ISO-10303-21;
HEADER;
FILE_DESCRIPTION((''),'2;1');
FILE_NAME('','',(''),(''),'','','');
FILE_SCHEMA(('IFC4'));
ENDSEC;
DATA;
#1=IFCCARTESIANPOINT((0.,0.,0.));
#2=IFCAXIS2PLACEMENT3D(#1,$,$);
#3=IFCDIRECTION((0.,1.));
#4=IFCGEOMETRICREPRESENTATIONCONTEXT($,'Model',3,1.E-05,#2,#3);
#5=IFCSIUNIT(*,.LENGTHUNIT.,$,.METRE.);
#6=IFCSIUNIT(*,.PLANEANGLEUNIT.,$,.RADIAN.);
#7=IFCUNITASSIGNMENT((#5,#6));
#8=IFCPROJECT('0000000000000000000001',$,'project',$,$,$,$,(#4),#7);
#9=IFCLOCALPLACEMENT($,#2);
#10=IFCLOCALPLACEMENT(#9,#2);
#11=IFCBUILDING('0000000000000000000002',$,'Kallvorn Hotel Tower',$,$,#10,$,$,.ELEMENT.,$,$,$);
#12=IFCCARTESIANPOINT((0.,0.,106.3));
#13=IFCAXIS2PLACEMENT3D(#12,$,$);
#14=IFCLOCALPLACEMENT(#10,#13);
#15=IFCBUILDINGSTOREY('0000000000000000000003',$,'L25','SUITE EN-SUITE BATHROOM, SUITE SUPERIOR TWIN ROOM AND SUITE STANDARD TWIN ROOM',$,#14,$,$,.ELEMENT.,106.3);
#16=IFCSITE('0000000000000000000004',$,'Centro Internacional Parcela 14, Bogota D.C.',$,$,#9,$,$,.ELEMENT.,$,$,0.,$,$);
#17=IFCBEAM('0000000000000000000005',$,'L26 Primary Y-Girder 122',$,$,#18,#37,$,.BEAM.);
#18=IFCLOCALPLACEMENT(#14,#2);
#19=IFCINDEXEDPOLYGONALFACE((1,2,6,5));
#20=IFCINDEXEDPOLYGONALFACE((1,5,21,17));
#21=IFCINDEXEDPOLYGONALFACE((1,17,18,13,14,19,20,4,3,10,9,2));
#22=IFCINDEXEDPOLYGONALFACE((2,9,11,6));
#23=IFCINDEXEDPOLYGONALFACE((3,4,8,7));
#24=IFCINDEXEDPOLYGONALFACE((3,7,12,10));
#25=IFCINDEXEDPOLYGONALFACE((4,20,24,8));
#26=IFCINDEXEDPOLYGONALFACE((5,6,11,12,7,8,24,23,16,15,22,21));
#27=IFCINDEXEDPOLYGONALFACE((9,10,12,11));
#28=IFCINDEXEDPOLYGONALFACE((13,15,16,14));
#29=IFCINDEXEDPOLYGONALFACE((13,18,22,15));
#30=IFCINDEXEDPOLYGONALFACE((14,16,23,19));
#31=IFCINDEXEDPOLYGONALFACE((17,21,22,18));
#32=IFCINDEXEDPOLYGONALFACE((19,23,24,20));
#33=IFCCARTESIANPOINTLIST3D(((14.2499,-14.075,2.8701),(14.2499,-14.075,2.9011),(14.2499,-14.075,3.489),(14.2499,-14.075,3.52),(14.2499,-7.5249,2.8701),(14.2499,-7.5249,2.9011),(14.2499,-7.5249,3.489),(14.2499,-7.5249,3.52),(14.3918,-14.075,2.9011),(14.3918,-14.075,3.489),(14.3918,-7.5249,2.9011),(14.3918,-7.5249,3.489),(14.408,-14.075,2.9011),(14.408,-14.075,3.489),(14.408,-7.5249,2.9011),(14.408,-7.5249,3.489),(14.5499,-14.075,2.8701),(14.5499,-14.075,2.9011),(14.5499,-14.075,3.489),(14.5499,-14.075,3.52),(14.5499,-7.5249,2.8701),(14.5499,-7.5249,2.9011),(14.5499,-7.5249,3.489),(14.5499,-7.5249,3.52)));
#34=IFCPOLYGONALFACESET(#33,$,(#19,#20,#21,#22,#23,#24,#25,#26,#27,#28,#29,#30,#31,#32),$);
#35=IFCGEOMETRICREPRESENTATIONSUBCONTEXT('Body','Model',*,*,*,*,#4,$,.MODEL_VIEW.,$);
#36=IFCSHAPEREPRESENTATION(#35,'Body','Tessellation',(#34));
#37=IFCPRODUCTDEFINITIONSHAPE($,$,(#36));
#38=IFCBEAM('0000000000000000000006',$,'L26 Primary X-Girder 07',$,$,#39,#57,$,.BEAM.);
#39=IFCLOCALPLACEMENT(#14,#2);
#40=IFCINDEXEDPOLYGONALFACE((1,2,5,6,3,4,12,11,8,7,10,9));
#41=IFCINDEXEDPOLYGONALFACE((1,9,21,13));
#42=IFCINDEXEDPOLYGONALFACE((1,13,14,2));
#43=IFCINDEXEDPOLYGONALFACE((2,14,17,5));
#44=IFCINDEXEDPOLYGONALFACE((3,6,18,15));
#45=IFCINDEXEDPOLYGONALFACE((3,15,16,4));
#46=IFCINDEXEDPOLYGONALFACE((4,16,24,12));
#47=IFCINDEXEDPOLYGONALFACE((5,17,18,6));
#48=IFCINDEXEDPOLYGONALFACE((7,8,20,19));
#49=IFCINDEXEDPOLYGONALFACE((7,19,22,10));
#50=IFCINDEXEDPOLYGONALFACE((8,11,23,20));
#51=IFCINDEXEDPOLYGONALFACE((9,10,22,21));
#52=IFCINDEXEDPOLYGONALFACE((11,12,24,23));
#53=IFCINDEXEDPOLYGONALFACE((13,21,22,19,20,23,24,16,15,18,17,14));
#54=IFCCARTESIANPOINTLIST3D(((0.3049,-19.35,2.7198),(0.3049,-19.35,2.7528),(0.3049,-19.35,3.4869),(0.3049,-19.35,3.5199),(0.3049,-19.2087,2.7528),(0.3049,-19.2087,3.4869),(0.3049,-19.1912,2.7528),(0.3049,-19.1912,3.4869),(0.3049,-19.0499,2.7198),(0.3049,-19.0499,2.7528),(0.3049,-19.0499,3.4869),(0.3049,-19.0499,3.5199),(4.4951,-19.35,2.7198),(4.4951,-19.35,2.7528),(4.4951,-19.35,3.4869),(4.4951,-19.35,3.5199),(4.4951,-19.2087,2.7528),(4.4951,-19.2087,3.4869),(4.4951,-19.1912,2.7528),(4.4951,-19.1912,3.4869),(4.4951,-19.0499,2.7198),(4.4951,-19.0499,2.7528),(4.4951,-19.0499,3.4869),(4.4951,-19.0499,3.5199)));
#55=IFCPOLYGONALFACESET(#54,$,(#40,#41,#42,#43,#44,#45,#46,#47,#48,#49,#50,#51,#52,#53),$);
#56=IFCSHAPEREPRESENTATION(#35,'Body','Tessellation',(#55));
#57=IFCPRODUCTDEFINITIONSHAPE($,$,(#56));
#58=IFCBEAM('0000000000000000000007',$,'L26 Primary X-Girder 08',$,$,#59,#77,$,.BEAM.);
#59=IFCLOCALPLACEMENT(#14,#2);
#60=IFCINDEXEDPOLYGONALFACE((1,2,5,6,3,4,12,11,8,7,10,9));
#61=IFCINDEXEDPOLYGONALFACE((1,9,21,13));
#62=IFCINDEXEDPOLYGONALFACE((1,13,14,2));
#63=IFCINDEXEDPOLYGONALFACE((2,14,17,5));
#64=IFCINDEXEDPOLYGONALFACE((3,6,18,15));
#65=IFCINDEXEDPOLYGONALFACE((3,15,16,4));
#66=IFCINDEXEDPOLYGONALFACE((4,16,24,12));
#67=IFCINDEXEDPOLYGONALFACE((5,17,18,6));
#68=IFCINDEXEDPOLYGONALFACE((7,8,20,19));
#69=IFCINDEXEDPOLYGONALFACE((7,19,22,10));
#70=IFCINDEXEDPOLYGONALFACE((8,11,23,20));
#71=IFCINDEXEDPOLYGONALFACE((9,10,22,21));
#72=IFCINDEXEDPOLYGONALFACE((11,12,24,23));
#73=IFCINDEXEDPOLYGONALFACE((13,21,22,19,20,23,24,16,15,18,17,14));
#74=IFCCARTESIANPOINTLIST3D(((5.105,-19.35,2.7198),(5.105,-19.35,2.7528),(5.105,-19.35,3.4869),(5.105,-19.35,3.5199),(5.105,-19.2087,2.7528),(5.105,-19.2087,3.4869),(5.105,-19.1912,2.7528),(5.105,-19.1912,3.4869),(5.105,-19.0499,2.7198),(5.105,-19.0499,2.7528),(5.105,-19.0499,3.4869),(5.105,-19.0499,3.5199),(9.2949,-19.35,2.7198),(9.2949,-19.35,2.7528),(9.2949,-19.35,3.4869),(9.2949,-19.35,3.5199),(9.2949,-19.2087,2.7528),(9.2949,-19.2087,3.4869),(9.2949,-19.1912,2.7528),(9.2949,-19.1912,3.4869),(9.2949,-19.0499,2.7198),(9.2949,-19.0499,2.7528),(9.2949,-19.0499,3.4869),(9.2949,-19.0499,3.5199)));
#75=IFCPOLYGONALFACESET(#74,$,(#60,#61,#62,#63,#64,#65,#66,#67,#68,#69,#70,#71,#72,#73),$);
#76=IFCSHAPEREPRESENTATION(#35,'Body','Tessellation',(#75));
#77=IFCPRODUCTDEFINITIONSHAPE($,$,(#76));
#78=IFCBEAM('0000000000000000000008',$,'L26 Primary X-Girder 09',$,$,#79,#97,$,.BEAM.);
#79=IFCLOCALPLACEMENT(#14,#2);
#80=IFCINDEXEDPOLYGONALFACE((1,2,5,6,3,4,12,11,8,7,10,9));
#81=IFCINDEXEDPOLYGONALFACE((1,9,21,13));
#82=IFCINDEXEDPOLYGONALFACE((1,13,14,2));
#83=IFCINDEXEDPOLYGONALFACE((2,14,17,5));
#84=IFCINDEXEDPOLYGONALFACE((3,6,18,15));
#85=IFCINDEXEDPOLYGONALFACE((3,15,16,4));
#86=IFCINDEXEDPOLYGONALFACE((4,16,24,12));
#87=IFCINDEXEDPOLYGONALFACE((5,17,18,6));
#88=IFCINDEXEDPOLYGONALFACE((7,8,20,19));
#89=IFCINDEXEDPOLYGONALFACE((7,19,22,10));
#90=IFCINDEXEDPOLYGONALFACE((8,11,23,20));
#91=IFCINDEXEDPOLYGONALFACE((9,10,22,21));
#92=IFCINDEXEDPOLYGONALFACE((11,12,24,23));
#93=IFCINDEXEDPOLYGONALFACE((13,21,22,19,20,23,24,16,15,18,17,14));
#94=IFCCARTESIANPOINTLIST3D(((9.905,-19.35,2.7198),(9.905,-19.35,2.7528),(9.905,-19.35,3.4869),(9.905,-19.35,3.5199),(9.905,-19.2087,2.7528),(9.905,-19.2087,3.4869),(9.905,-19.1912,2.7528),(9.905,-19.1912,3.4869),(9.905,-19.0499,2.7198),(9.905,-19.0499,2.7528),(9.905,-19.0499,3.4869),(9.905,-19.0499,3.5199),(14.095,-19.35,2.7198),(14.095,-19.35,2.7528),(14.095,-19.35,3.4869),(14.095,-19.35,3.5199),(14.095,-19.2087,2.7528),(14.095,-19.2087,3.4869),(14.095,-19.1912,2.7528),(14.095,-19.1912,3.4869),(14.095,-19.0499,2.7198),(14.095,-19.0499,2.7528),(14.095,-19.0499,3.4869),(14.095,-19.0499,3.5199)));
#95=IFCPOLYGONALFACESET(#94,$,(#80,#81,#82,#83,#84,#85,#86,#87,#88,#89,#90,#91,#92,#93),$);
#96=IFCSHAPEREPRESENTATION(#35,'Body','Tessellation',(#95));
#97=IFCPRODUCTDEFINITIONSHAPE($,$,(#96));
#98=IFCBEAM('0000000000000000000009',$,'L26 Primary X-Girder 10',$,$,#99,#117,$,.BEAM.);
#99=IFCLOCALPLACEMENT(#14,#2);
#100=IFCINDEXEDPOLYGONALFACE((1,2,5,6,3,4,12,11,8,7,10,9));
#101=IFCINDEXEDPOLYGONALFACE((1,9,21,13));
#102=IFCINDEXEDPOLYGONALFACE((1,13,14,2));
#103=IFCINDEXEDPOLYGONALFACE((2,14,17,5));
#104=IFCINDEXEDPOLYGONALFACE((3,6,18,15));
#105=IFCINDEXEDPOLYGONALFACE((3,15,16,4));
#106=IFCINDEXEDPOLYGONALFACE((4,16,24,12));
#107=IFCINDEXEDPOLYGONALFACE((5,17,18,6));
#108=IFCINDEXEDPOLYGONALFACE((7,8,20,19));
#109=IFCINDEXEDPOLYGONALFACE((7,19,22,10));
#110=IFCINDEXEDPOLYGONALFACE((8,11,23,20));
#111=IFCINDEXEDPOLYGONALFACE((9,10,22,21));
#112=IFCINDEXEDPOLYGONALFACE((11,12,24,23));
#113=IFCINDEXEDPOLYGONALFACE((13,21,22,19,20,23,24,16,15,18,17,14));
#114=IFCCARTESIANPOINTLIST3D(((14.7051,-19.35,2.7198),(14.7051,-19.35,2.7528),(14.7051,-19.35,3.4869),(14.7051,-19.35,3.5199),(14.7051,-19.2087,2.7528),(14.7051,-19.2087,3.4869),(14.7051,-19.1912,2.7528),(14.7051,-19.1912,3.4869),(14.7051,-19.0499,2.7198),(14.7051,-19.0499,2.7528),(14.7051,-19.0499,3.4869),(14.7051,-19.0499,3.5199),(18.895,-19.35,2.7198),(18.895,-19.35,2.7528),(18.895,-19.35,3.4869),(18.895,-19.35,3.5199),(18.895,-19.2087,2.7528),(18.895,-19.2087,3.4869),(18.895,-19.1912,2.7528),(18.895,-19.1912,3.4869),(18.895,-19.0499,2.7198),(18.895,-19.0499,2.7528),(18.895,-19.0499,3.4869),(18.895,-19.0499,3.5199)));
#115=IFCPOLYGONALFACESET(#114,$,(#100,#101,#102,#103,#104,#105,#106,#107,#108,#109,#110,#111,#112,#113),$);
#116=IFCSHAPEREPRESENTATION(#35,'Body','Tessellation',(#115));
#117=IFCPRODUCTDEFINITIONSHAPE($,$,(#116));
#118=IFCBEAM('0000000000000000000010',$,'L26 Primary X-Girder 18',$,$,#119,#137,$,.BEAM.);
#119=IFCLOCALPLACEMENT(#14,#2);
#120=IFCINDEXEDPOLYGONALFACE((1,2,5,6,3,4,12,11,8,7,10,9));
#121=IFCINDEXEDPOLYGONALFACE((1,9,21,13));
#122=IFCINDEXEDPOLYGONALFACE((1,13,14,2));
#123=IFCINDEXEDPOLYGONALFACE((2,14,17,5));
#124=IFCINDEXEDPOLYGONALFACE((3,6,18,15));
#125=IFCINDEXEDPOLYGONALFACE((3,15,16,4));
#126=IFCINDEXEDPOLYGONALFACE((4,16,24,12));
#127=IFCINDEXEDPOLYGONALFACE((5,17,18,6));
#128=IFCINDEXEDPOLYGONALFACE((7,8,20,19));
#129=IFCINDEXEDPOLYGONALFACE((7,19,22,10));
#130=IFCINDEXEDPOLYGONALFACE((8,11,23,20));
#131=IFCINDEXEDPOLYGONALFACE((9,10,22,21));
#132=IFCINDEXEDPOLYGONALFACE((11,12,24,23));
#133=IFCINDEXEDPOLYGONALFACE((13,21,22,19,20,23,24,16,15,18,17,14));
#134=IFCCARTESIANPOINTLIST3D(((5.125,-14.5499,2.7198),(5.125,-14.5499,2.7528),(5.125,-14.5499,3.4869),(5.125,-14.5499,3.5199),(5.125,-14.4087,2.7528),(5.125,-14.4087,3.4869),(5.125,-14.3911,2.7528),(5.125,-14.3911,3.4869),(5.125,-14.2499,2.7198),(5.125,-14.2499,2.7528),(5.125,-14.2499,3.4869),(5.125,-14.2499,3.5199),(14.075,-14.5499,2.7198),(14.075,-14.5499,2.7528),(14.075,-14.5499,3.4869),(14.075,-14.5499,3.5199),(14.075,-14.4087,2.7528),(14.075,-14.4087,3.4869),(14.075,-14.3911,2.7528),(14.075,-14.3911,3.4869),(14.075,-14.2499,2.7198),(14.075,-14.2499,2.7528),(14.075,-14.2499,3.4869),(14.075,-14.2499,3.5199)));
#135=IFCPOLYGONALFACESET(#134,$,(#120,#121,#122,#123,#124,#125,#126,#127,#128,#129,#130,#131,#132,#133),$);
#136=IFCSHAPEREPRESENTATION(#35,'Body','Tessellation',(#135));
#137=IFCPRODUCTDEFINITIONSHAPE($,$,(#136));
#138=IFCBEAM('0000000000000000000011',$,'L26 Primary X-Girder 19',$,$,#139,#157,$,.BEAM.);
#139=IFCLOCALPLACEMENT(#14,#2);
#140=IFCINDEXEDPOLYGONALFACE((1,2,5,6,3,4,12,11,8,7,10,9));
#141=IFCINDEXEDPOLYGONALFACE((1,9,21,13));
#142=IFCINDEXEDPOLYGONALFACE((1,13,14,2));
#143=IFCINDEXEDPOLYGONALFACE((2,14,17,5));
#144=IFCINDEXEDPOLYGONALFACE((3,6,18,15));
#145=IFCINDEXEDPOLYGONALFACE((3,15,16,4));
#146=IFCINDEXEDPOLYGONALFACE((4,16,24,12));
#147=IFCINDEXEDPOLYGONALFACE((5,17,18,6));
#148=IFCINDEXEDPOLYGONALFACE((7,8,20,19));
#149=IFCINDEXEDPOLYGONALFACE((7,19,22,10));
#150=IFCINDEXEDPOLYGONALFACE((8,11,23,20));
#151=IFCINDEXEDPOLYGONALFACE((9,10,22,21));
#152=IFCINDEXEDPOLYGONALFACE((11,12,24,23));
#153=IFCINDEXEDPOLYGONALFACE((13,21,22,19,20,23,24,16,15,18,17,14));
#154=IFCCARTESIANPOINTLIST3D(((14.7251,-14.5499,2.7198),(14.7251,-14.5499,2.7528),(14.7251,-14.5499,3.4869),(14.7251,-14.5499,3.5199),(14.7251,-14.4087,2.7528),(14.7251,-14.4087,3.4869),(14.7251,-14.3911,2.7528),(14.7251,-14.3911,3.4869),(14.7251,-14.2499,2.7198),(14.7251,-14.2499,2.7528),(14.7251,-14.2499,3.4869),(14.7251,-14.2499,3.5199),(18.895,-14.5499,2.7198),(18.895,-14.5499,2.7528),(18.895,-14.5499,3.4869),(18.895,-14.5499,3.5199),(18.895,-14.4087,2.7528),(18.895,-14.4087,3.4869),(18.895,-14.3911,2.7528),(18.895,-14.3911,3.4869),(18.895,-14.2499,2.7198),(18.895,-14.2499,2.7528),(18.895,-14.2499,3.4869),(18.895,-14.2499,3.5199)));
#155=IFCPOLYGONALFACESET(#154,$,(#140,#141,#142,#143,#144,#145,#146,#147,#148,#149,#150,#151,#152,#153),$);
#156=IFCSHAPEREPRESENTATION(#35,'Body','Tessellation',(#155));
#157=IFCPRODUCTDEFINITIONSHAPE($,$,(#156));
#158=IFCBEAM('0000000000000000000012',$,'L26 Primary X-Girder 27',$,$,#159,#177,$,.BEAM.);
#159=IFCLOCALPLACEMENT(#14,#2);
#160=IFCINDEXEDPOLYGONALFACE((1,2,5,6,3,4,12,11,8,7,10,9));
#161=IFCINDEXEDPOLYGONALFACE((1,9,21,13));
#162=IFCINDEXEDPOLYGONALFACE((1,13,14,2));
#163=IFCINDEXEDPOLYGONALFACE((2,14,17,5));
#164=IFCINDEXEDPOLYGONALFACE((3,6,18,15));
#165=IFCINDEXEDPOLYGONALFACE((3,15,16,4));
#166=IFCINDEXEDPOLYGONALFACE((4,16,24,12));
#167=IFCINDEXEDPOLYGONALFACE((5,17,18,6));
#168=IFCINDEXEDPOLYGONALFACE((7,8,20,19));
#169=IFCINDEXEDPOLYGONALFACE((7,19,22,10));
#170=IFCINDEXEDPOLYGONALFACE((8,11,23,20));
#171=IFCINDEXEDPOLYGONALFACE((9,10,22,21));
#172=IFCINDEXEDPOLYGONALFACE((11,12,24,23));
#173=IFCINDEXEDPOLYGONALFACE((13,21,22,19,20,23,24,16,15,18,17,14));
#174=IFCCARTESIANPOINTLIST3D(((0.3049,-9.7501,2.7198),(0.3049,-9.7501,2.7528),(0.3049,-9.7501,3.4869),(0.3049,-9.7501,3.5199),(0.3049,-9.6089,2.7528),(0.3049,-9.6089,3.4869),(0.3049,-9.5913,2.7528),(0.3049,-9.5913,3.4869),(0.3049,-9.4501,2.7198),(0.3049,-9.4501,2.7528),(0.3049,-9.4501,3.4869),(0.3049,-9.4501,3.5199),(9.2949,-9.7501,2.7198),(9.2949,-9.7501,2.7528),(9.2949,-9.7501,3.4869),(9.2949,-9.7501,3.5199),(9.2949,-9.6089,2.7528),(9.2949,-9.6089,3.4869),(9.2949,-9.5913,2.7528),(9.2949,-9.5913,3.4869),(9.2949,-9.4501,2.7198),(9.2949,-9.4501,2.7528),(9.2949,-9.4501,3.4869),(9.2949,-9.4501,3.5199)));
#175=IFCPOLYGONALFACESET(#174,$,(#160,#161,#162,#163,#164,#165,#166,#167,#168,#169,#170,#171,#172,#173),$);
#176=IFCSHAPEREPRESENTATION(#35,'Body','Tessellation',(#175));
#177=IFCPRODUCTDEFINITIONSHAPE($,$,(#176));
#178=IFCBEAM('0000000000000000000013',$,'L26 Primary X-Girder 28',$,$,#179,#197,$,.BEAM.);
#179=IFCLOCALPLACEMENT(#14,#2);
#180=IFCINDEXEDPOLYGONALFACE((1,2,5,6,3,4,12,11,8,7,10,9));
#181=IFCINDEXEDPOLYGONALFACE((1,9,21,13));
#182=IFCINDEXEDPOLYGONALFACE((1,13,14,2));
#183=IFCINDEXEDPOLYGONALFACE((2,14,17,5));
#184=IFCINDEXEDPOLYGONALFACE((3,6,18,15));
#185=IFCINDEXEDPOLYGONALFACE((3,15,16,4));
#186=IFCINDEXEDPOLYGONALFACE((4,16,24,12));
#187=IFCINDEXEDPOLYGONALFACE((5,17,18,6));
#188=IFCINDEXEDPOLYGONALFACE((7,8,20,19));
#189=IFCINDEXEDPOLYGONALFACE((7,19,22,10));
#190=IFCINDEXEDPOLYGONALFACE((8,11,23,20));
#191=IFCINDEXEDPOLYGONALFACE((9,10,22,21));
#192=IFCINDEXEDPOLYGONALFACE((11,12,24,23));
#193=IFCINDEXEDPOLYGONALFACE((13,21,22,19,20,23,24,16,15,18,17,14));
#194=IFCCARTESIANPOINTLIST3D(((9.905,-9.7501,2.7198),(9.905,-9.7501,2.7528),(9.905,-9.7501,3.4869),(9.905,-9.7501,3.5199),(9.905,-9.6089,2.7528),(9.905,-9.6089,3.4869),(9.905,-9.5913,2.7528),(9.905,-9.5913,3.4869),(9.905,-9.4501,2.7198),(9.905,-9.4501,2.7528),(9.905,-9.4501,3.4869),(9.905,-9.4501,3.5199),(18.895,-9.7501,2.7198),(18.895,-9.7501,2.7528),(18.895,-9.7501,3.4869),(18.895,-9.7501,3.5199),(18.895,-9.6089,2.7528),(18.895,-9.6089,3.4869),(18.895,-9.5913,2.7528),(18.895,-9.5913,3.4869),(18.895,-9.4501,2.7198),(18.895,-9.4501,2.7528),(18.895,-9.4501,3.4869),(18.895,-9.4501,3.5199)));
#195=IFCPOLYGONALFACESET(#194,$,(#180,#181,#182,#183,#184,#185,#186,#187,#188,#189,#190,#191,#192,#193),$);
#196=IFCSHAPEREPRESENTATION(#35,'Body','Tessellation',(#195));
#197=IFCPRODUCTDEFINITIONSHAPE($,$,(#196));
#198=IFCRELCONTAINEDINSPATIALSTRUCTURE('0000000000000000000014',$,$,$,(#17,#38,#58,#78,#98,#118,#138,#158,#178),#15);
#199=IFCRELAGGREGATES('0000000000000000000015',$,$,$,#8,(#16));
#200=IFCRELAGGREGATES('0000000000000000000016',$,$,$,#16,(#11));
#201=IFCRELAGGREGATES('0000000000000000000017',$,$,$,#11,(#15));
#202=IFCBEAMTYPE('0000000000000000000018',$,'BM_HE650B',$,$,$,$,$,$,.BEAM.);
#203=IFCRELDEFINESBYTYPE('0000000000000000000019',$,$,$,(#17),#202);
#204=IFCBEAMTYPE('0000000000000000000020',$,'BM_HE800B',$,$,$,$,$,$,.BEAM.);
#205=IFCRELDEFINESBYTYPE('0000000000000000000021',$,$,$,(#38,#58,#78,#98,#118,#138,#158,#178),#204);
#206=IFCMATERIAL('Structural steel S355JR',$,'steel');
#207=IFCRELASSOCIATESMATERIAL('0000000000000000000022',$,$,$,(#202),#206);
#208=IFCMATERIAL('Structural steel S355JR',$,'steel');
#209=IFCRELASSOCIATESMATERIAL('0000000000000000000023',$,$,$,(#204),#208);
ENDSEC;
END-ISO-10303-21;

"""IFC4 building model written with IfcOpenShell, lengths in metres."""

from ifc_helpers import new_model, si_unit, direction, frame, origin, origin_2d, place, context, subcontext, project, spatial, i_section, extrude, material, material_profile, profile_set, type_object, element, save


model = new_model("IFC4")

# Units and contexts
model_context = context("Model", 3, precision=1e-05, world=origin(), true_north=direction((0.0, 1.0)))
body_context = subcontext(model_context, "Body", "Model", "MODEL_VIEW")
ifc_project = project(units=[si_unit("LENGTHUNIT", "METRE"), si_unit("PLANEANGLEUNIT", "RADIAN")], contexts=[model_context])

# Site, building, storey
site_placement = place(None, origin())
site = spatial("IfcSite", under=ifc_project, at=site_placement, Name="Centro Internacional Parcela 14, Bogota D.C.", CompositionType="ELEMENT", RefElevation=0.0)
building_placement = place(site_placement, origin())
building = spatial("IfcBuilding", under=site, at=building_placement, Name="Kallvorn Hotel Tower", CompositionType="ELEMENT")
storey_placement = place(building_placement, frame((0.0, 0.0, 106.3)))
storey = spatial("IfcBuildingStorey", under=building, at=storey_placement, Name="L25", Description="SUITE EN-SUITE BATHROOM, SUITE SUPERIOR TWIN ROOM AND SUITE STANDARD TWIN ROOM", CompositionType="ELEMENT", Elevation=106.3)

# Beams
ifc_material_1 = material(Name="Structural steel S355JR", Category="steel")
ifc_material_profile_1 = material_profile(ifc_material_1, i_section(OverallWidth=0.3, OverallDepth=0.6499, WebThickness=0.0161, FlangeThickness=0.031, at=origin_2d()), Name="HE 650 B")
ifc_profile_set_1 = profile_set([ifc_material_profile_1], Name="Structural steel S355JR")
beam_type_1 = type_object("IfcBeamType", Name="BM_HE650B", PredefinedType="BEAM", material=ifc_profile_set_1)
beam_1_placement = place(storey_placement, frame((14.3999, -14.075, 3.1951), z_axis=(0.0, 1.0, 0.0), x_axis=(-1.0, 0.0, 0.0)))
element("IfcBeam", 1, at=beam_1_placement, inside=storey, type_object=beam_type_1, Name="L26 Primary Y-Girder 122", PredefinedType="BEAM", context=body_context, shape_type="SweptSolid", body=[
    extrude(i_section(OverallWidth=0.3, OverallDepth=0.6499, WebThickness=0.0161, FlangeThickness=0.031, at=origin_2d()), origin(), (0.0, 0.0, 1.0), 6.55),
])
ifc_material_2 = material(Name="Structural steel S355JR", Category="steel")
ifc_material_profile_2 = material_profile(ifc_material_2, i_section(OverallWidth=0.3, OverallDepth=0.8, WebThickness=0.0176, FlangeThickness=0.033, at=origin_2d()), Name="HE 800 B")
ifc_profile_set_2 = profile_set([ifc_material_profile_2], Name="Structural steel S355JR")
beam_type_2 = type_object("IfcBeamType", Name="BM_HE800B", PredefinedType="BEAM", material=ifc_profile_set_2)
beam_2_placement = place(storey_placement, frame((0.3049, -19.2, 3.1199), z_axis=(1.0, 0.0, 0.0), x_axis=(0.0, 1.0, 0.0)))
element("IfcBeam", 2, at=beam_2_placement, inside=storey, type_object=beam_type_2, Name="L26 Primary X-Girder 07", PredefinedType="BEAM", context=body_context, shape_type="SweptSolid", body=[
    extrude(i_section(OverallWidth=0.3, OverallDepth=0.8, WebThickness=0.0176, FlangeThickness=0.033, at=origin_2d()), origin(), (0.0, 0.0, 1.0), 4.1902),
])
for number, where, z_axis, x_axis, name in (
    (3, (5.105, -19.2, 3.1199), (1.0, 0.0, 0.0), (0.0, 1.0, 0.0), "L26 Primary X-Girder 08"),
    (4, (9.905, -19.2, 3.1199), (1.0, 0.0, 0.0), (0.0, 1.0, 0.0), "L26 Primary X-Girder 09"),
    (5, (14.7051, -19.2, 3.1199), (1.0, 0.0, 0.0), (0.0, 1.0, 0.0), "L26 Primary X-Girder 10"),
):
    element("IfcBeam", number, at=place(storey_placement, frame(where, z_axis=z_axis, x_axis=x_axis)), inside=storey, type_object=beam_type_2, Name=name, PredefinedType="BEAM", context=body_context, shape_type="SweptSolid", body=[
        extrude(i_section(OverallWidth=0.3, OverallDepth=0.8, WebThickness=0.0176, FlangeThickness=0.033, at=origin_2d()), origin(), (0.0, 0.0, 1.0), 4.1899),
    ])
beam_3_placement = place(storey_placement, frame((5.125, -14.3999, 3.1199), z_axis=(1.0, 0.0, 0.0), x_axis=(0.0, 1.0, 0.0)))
element("IfcBeam", 6, at=beam_3_placement, inside=storey, type_object=beam_type_2, Name="L26 Primary X-Girder 18", PredefinedType="BEAM", context=body_context, shape_type="SweptSolid", body=[
    extrude(i_section(OverallWidth=0.3, OverallDepth=0.8, WebThickness=0.0176, FlangeThickness=0.033, at=origin_2d()), origin(), (0.0, 0.0, 1.0), 8.95),
])
beam_4_placement = place(storey_placement, frame((14.7251, -14.3999, 3.1199), z_axis=(1.0, 0.0, 0.0), x_axis=(0.0, 1.0, 0.0)))
element("IfcBeam", 7, at=beam_4_placement, inside=storey, type_object=beam_type_2, Name="L26 Primary X-Girder 19", PredefinedType="BEAM", context=body_context, shape_type="SweptSolid", body=[
    extrude(i_section(OverallWidth=0.3, OverallDepth=0.8, WebThickness=0.0176, FlangeThickness=0.033, at=origin_2d()), origin(), (0.0, 0.0, 1.0), 4.1699),
])
for number, where, z_axis, x_axis, name in (
    (8, (0.3049, -9.6001, 3.1199), (1.0, 0.0, 0.0), (0.0, 1.0, 0.0), "L26 Primary X-Girder 27"),
    (9, (9.905, -9.6001, 3.1199), (1.0, 0.0, 0.0), (0.0, 1.0, 0.0), "L26 Primary X-Girder 28"),
):
    element("IfcBeam", number, at=place(storey_placement, frame(where, z_axis=z_axis, x_axis=x_axis)), inside=storey, type_object=beam_type_2, Name=name, PredefinedType="BEAM", context=body_context, shape_type="SweptSolid", body=[
        extrude(i_section(OverallWidth=0.3, OverallDepth=0.8, WebThickness=0.0176, FlangeThickness=0.033, at=origin_2d()), origin(), (0.0, 0.0, 1.0), 8.99),
    ])

save(model, "model.ifc")
